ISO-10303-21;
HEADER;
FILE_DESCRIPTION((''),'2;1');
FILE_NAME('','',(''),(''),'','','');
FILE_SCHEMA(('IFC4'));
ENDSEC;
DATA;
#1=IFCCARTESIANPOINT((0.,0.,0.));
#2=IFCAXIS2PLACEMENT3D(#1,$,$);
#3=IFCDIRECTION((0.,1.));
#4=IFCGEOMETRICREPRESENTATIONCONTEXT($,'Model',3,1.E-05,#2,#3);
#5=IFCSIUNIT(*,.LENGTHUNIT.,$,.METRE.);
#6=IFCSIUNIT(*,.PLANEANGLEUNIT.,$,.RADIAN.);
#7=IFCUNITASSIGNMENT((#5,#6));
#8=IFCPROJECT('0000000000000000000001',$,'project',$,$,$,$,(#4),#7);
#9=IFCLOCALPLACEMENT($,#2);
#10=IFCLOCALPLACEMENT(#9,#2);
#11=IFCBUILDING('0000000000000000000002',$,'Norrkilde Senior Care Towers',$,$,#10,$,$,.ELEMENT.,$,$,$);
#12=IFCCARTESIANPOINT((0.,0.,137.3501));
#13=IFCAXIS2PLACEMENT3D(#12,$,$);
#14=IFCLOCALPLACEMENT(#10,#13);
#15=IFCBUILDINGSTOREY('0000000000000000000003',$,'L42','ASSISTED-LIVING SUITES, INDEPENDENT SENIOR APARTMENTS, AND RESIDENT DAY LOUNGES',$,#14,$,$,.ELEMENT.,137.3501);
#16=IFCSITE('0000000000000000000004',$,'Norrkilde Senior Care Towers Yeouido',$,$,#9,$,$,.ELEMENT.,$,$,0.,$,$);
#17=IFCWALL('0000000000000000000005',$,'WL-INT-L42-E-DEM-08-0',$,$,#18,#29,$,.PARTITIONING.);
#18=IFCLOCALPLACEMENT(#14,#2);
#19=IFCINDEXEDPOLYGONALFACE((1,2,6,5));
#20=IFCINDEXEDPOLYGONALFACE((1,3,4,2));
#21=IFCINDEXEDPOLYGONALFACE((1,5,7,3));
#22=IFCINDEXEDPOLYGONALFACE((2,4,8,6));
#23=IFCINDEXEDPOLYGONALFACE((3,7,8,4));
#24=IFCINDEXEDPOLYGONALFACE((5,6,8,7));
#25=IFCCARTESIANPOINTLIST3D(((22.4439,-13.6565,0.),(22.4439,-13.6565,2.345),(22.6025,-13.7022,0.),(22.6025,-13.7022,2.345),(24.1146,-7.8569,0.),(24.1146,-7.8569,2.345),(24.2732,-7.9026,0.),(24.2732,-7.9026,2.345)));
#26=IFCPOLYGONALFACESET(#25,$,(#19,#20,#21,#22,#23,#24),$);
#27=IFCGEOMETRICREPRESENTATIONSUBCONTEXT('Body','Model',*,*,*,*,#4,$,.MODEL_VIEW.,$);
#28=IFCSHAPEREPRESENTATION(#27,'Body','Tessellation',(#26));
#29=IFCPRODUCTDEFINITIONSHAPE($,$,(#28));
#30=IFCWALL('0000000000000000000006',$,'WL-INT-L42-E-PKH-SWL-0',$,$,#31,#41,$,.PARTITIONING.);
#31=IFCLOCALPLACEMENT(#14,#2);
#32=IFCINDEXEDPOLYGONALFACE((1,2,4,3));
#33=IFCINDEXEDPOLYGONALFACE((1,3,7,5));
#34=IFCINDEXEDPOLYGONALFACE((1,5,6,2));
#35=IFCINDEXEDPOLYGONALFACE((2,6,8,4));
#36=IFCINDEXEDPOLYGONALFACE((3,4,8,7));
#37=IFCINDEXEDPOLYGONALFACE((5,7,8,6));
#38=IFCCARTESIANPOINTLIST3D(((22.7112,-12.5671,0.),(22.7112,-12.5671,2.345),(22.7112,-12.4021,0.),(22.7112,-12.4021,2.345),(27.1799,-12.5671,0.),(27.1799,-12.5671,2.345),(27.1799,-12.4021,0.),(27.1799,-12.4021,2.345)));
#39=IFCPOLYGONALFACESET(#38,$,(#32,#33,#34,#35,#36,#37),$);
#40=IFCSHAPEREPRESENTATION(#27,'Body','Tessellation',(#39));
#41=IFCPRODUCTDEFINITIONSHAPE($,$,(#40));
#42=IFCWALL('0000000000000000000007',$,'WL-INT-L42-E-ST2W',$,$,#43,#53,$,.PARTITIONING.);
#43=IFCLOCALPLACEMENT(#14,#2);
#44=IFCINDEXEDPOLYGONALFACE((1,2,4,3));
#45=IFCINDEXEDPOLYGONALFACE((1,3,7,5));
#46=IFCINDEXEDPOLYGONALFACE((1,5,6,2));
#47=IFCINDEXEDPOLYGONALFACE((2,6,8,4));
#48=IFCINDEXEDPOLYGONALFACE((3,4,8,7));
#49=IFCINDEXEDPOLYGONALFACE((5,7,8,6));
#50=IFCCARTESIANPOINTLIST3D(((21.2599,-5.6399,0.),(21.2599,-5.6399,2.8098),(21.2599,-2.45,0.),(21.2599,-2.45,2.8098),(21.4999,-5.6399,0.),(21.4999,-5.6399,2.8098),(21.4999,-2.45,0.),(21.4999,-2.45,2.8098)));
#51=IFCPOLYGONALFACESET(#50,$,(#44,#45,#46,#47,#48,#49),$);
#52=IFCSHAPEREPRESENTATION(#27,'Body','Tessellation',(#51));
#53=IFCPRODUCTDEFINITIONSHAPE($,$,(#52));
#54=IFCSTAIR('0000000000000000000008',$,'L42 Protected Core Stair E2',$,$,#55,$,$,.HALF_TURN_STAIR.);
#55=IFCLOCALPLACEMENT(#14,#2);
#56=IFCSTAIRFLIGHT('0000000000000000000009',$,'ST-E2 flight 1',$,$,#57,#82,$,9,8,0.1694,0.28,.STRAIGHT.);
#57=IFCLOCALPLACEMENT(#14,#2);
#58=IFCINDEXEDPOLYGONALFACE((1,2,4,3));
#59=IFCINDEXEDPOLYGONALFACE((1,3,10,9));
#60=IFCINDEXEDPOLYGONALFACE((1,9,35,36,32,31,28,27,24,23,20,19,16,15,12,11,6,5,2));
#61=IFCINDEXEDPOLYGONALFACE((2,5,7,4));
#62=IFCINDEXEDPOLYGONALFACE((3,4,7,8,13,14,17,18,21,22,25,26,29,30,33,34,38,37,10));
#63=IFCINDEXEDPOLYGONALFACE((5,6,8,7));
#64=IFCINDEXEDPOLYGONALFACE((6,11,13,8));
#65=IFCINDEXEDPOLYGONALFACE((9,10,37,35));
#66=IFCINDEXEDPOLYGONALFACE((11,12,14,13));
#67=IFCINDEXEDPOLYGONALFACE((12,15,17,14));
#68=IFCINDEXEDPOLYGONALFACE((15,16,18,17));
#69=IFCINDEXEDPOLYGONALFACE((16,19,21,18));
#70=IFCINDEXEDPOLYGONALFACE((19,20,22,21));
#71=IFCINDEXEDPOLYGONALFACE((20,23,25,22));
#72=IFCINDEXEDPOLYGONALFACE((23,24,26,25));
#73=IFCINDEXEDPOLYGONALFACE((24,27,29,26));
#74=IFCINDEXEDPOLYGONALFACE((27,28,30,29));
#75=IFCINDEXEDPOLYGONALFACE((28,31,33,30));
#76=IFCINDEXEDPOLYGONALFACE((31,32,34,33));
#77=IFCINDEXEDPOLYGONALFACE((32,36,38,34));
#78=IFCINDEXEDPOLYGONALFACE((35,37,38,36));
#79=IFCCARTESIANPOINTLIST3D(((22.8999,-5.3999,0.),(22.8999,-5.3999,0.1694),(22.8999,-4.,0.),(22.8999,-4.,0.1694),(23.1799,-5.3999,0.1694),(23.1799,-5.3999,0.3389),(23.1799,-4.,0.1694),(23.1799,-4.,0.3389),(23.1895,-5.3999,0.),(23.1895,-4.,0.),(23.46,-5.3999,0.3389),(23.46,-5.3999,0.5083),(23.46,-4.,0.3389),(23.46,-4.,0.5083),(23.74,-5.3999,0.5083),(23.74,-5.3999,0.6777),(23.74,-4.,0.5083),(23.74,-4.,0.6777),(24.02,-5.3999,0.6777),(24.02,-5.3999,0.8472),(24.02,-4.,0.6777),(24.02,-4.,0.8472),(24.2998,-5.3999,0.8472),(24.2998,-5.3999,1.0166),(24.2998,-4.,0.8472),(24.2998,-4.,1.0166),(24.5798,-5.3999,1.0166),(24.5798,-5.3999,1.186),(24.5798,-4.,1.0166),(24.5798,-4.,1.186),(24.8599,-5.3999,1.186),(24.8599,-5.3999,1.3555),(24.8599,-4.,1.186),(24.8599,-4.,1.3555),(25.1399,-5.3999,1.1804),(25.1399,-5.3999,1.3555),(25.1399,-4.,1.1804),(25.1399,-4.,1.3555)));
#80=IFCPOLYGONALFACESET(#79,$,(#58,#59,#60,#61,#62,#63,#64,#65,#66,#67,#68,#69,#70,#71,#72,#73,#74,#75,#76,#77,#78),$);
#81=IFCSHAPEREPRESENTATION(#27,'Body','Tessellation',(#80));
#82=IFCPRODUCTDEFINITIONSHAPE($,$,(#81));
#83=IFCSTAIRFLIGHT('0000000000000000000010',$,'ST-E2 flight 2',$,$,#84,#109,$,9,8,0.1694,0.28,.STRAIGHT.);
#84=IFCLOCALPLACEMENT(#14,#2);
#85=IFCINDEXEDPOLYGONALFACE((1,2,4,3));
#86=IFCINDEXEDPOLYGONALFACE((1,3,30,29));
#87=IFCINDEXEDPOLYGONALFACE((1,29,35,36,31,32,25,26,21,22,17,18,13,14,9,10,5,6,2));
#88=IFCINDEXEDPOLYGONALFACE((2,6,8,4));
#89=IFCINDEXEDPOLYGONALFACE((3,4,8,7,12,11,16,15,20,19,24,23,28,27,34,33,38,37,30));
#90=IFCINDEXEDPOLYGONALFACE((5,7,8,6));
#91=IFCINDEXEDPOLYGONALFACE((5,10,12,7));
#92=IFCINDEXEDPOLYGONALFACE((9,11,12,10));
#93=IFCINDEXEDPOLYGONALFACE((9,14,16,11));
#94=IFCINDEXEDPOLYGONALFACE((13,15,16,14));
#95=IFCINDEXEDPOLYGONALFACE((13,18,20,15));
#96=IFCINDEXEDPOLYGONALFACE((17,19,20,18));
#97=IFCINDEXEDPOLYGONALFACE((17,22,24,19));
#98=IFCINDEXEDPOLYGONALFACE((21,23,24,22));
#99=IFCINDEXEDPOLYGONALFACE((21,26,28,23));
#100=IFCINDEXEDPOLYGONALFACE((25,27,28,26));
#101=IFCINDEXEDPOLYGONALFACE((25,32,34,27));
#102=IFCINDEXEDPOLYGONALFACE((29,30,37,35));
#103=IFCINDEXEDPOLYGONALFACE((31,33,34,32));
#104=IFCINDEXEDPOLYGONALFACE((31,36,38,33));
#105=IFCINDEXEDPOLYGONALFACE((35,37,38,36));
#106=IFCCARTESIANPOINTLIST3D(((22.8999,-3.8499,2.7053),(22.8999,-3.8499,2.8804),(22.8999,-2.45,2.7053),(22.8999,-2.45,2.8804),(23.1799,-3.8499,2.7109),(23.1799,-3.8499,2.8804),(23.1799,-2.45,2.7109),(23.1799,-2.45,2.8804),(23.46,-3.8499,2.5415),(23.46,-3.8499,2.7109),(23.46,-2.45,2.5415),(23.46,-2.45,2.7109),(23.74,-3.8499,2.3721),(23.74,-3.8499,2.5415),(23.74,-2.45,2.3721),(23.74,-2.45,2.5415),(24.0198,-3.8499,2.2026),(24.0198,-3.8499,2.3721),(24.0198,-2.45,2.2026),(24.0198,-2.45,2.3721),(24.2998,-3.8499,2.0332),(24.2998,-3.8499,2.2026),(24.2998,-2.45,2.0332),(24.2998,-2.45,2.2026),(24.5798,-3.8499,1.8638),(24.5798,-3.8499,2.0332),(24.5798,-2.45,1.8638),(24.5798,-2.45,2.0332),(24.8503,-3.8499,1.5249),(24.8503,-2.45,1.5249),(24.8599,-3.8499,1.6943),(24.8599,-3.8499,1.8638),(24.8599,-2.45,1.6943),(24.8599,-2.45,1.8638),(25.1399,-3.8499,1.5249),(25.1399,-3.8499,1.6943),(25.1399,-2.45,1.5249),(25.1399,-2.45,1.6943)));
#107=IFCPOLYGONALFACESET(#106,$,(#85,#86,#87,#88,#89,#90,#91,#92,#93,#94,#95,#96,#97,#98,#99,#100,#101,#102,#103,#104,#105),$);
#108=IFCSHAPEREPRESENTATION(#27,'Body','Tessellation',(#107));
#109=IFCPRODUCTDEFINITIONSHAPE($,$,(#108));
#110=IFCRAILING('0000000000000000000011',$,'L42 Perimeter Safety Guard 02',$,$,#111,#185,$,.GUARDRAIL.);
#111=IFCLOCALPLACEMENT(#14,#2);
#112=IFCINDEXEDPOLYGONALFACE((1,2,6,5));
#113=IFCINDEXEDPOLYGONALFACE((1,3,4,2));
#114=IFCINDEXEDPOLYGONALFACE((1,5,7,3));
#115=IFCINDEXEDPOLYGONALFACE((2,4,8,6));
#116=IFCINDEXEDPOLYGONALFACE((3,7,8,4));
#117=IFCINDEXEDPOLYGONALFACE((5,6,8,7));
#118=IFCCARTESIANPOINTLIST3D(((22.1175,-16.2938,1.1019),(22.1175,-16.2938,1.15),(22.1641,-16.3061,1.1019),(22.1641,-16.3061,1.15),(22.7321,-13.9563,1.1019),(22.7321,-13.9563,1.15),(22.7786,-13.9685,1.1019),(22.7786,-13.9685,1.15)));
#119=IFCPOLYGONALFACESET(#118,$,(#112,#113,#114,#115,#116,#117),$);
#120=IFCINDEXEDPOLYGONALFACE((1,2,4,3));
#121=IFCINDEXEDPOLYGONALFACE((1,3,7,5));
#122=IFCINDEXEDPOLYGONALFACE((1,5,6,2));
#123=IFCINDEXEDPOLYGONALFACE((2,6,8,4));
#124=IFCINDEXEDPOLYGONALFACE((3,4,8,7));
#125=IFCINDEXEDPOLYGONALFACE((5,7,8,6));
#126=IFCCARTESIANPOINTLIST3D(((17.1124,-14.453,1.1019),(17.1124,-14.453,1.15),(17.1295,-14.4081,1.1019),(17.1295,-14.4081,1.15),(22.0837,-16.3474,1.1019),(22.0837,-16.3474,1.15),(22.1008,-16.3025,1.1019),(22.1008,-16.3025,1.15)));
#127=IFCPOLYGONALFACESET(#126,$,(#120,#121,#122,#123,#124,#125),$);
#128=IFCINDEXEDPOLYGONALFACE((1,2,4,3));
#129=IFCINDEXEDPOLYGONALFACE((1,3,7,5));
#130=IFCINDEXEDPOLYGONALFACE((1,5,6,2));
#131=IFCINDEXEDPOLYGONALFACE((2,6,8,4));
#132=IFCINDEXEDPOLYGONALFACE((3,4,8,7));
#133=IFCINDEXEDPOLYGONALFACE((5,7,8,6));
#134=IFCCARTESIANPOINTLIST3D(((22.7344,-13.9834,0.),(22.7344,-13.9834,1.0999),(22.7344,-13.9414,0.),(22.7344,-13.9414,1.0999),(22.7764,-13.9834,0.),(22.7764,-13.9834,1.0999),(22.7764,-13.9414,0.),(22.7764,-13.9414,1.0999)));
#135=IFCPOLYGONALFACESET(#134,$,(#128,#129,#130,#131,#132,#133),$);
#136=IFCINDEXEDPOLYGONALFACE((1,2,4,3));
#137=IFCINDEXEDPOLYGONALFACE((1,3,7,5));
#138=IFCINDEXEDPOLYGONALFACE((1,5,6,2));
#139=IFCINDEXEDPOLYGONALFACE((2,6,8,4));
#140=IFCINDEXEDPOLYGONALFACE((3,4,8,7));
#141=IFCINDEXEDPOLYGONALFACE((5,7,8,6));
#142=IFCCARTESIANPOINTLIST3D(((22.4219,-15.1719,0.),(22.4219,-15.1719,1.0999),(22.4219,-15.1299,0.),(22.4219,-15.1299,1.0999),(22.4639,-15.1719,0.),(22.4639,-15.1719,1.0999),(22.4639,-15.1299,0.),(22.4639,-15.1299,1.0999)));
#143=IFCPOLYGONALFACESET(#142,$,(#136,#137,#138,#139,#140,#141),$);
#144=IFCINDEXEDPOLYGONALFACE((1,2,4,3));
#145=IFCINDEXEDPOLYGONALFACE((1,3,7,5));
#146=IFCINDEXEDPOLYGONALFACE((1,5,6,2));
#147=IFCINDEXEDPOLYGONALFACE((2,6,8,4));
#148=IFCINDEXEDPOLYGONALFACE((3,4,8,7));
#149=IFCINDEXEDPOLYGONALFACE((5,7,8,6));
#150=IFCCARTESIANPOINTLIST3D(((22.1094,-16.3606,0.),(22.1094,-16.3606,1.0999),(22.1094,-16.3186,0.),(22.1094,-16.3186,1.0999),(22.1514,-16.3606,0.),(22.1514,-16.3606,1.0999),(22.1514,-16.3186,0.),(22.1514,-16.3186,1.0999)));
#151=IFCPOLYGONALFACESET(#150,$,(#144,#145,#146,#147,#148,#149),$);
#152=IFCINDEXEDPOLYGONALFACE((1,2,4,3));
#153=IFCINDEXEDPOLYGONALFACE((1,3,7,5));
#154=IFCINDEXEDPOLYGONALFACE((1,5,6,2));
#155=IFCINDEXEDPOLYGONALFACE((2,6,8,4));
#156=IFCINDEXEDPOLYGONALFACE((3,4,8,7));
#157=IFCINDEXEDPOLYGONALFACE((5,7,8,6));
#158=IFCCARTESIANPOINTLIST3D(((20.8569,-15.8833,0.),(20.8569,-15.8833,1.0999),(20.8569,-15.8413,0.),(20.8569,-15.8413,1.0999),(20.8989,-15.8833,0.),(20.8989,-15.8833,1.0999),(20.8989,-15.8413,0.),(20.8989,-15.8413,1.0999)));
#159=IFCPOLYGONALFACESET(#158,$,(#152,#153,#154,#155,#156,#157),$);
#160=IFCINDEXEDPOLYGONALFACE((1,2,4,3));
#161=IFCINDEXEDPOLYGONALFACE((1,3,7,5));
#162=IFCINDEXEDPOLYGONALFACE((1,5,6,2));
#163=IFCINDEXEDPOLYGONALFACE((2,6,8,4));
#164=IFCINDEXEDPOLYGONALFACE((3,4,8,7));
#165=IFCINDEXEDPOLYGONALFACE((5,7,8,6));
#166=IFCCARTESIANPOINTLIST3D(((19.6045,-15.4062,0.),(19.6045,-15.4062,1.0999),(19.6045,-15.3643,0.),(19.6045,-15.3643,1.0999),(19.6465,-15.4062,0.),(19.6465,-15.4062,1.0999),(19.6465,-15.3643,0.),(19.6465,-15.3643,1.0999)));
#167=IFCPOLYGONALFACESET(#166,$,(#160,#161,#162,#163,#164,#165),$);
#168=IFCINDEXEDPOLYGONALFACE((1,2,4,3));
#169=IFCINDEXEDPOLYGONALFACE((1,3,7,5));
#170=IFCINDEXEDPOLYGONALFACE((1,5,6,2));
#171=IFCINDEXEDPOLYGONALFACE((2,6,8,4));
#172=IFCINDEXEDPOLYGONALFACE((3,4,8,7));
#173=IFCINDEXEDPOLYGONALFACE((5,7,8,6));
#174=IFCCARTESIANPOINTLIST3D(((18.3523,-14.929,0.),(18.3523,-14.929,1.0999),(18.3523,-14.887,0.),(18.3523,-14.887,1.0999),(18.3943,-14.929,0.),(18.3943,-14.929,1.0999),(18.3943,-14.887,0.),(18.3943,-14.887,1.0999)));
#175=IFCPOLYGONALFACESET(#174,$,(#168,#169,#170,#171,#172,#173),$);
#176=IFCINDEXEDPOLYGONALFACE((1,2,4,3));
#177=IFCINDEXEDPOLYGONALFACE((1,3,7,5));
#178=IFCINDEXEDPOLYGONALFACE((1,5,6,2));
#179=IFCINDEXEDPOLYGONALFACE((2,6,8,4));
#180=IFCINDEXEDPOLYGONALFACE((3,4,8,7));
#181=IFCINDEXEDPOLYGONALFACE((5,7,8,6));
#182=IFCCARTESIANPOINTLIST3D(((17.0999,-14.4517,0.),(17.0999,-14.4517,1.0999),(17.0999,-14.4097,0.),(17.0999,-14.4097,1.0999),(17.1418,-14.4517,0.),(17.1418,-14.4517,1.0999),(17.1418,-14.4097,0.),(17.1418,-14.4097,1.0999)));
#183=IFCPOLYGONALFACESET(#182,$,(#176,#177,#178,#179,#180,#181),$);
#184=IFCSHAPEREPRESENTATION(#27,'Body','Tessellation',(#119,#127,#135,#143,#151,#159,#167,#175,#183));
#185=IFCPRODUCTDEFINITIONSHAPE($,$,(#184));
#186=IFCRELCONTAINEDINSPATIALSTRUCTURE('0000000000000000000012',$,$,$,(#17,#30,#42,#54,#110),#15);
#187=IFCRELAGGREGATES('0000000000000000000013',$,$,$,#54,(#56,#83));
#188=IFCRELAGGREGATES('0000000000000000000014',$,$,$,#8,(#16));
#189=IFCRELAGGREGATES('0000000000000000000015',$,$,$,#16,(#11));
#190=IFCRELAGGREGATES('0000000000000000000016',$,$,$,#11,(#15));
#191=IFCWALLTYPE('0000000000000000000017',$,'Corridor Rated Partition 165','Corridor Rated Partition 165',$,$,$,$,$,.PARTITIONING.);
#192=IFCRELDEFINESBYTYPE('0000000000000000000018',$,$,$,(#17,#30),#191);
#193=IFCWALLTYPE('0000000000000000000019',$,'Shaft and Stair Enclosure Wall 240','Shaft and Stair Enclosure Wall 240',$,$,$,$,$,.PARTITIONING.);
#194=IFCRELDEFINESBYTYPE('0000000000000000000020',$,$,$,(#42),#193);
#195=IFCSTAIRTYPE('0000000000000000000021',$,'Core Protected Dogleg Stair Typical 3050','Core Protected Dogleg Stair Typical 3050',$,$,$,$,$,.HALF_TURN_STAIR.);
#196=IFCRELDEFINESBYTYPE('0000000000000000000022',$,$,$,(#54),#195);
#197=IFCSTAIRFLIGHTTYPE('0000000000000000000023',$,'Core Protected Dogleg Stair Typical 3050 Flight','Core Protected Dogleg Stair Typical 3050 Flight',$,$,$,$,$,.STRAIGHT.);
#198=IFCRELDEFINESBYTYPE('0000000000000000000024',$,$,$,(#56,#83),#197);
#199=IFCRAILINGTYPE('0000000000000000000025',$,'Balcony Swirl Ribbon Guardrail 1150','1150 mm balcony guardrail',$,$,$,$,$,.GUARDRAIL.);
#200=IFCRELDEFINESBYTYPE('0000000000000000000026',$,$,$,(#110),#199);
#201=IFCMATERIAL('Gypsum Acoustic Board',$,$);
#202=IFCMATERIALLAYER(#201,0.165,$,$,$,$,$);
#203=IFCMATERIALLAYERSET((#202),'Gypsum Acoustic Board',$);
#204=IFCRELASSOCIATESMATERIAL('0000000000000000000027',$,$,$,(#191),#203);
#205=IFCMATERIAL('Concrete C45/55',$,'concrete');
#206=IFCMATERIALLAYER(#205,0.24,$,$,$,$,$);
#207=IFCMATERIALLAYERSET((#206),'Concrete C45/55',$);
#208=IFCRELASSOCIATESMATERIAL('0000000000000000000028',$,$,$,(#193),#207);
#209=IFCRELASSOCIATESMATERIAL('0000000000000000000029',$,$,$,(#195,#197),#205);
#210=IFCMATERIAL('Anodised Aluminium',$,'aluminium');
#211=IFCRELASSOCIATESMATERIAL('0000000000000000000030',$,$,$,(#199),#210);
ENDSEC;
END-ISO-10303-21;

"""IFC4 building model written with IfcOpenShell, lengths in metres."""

from ifc_helpers import new_model, si_unit, direction, frame, frame_2d, origin, origin_2d, place, context, subcontext, project, spatial, polyline, rectangle, outline, extrude, source, transform, mapped, material, layer, layer_set, type_object, type_shapes, element, aggregate, save


model = new_model("IFC4")

# Units and contexts
model_context = context("Model", 3, precision=1e-05, world=origin(), true_north=direction((0.0, 1.0)))
body_context = subcontext(model_context, "Body", "Model", "MODEL_VIEW")
ifc_project = project(units=[si_unit("LENGTHUNIT", "METRE"), si_unit("PLANEANGLEUNIT", "RADIAN")], contexts=[model_context])

# Site, building, storey
site_placement = place(None, origin())
site = spatial("IfcSite", under=ifc_project, at=site_placement, Name="Norrkilde Senior Care Towers Yeouido", CompositionType="ELEMENT", RefElevation=0.0)
building_placement = place(site_placement, origin())
building = spatial("IfcBuilding", under=site, at=building_placement, Name="Norrkilde Senior Care Towers", CompositionType="ELEMENT")
storey_placement = place(building_placement, frame((0.0, 0.0, 137.3501)))
storey = spatial("IfcBuildingStorey", under=building, at=storey_placement, Name="L42", Description="ASSISTED-LIVING SUITES, INDEPENDENT SENIOR APARTMENTS, AND RESIDENT DAY LOUNGES", CompositionType="ELEMENT", Elevation=137.3501)

# Shared definitions
ifc_material_1 = material(Name="Anodised Aluminium", Category="aluminium")

# Walls
ifc_material_2 = material(Name="Gypsum Acoustic Board")
ifc_layer_1 = layer(ifc_material_2, 0.165)
ifc_layer_set_1 = layer_set([ifc_layer_1], Name="Gypsum Acoustic Board")
wall_type_1 = type_object("IfcWallType", Name="Corridor Rated Partition 165", Description="Corridor Rated Partition 165", PredefinedType="PARTITIONING", material=ifc_layer_set_1)
shared_shape_1 = source(origin(), body_context, "Body", "SweptSolid", [
    extrude(rectangle(XDim=6.0354, YDim=0.165, at=frame_2d((3.0176, 0.0))), origin(), (0.0, 0.0, 1.0), 2.345),
])
wall_1_placement = place(storey_placement, frame((24.1938, -7.8799, 0.0), z_axis=(0.0, 0.0, 1.0), x_axis=(-0.276809, -0.960925, 0.0)))
element("IfcWall", 1, at=wall_1_placement, inside=storey, type_object=wall_type_1, Name="WL-INT-L42-E-DEM-08-0", PredefinedType="PARTITIONING", context=body_context, shape_type="MappedRepresentation", body=[
    mapped(shared_shape_1, transform((0.0, 0.0, 0.0), x_axis=(1.0, 0.0, 0.0), y_axis=(0.0, 1.0, 0.0), z_axis=(0.0, 0.0, 1.0), scale=1.0)),
])
shared_shape_2 = source(origin(), body_context, "Body", "SweptSolid", [
    extrude(rectangle(XDim=4.4688, YDim=0.165, at=frame_2d((2.2344, 0.0))), origin(), (0.0, 0.0, 1.0), 2.345),
])
type_shapes(wall_type_1, [shared_shape_1, shared_shape_2])
wall_2_placement = place(storey_placement, frame((22.7112, -12.4846, 0.0), z_axis=(0.0, 0.0, 1.0), x_axis=(1.0, 0.0, 0.0)))
element("IfcWall", 2, at=wall_2_placement, inside=storey, type_object=wall_type_1, Name="WL-INT-L42-E-PKH-SWL-0", PredefinedType="PARTITIONING", context=body_context, shape_type="MappedRepresentation", body=[
    mapped(shared_shape_2, transform((0.0, 0.0, 0.0), x_axis=(1.0, 0.0, 0.0), y_axis=(0.0, 1.0, 0.0), z_axis=(0.0, 0.0, 1.0), scale=1.0)),
])

# Shared definitions
ifc_material_3 = material(Name="Concrete C45/55", Category="concrete")
ifc_layer_2 = layer(ifc_material_3, 0.24)
ifc_layer_set_2 = layer_set([ifc_layer_2], Name="Concrete C45/55")
wall_type_2 = type_object("IfcWallType", Name="Shaft and Stair Enclosure Wall 240", Description="Shaft and Stair Enclosure Wall 240", PredefinedType="PARTITIONING", material=ifc_layer_set_2)

# Wall
shared_shape_3 = source(origin(), body_context, "Body", "SweptSolid", [
    extrude(rectangle(XDim=3.1899, YDim=0.24, at=frame_2d((1.595, 0.0))), origin(), (0.0, 0.0, 1.0), 2.8098),
])
wall_3_placement = place(storey_placement, frame((21.3799, -5.6399, 0.0), z_axis=(0.0, 0.0, 1.0), x_axis=(0.0, 1.0, 0.0)))
element("IfcWall", 3, at=wall_3_placement, inside=storey, type_object=wall_type_2, Name="WL-INT-L42-E-ST2W", PredefinedType="PARTITIONING", context=body_context, shape_type="MappedRepresentation", body=[
    mapped(shared_shape_3, transform((0.0, 0.0, 0.0), x_axis=(1.0, 0.0, 0.0), y_axis=(0.0, 1.0, 0.0), z_axis=(0.0, 0.0, 1.0), scale=1.0)),
])

# Stair, stair flights
stair_type = type_object("IfcStairType", Name="Core Protected Dogleg Stair Typical 3050", Description="Core Protected Dogleg Stair Typical 3050", PredefinedType="HALF_TURN_STAIR", material=ifc_material_3)
stair_placement = place(storey_placement, origin())
stair = element("IfcStair", 4, at=stair_placement, inside=storey, type_object=stair_type, Name="L42 Protected Core Stair E2", PredefinedType="HALF_TURN_STAIR")
stair_flight_type = type_object("IfcStairFlightType", Name="Core Protected Dogleg Stair Typical 3050 Flight", Description="Core Protected Dogleg Stair Typical 3050 Flight", PredefinedType="STRAIGHT", material=ifc_material_3)
stair_flight_1_placement = place(storey_placement, frame((22.8999, -4.7, 0.0), z_axis=(0.0, 0.0, 1.0), x_axis=(1.0, 0.0, 0.0)))
stair_flight_1 = element("IfcStairFlight", 5, at=stair_flight_1_placement, type_object=stair_flight_type, Name="ST-E2 flight 1", NumberOfRisers=9, NumberOfTreads=8, PredefinedType="STRAIGHT", RiserHeight=0.1694, TreadLength=0.28, context=body_context, shape_type="SweptSolid", body=[
    extrude(outline(polyline([(0.0, 0.0), (0.0, 0.1694), (0.28, 0.1694), (0.28, 0.3389), (0.5601, 0.3389), (0.5601, 0.5083), (0.8401, 0.5083), (0.8401, 0.6777), (1.1201, 0.6777), (1.1201, 0.8472), (1.3999, 0.8472), (1.3999, 1.0166), (1.6799, 1.0166), (1.6799, 1.186), (1.96, 1.186), (1.96, 1.3555), (2.24, 1.3555), (2.24, 1.5249), (2.24, 1.1804), (0.2896, 0.0), (0.0, 0.0)])), frame((0.0, 0.7, 0.0), z_axis=(0.0, -1.0, 0.0), x_axis=(1.0, 0.0, 0.0)), (0.0, 0.0, 1.0), 1.3999),
])
stair_flight_2_placement = place(storey_placement, frame((25.1399, -3.1499, 1.5249), z_axis=(0.0, 0.0, 1.0), x_axis=(-1.0, 0.0, 0.0)))
stair_flight_2 = element("IfcStairFlight", 6, at=stair_flight_2_placement, type_object=stair_flight_type, Name="ST-E2 flight 2", NumberOfRisers=9, NumberOfTreads=8, PredefinedType="STRAIGHT", RiserHeight=0.1694, TreadLength=0.28, context=body_context, shape_type="SweptSolid", body=[
    extrude(outline(polyline([(0.0, 0.0), (0.0, 0.1694), (0.28, 0.1694), (0.28, 0.3389), (0.5601, 0.3389), (0.5601, 0.5083), (0.8401, 0.5083), (0.8401, 0.6777), (1.1201, 0.6777), (1.1201, 0.8472), (1.3999, 0.8472), (1.3999, 1.0166), (1.6799, 1.0166), (1.6799, 1.186), (1.96, 1.186), (1.96, 1.3555), (2.24, 1.3555), (2.24, 1.5249), (2.24, 1.1804), (0.2896, 0.0), (0.0, 0.0)])), frame((0.0, 0.7, 0.0), z_axis=(0.0, -1.0, 0.0), x_axis=(1.0, 0.0, 0.0)), (0.0, 0.0, 1.0), 1.3999),
])
aggregate(stair, [stair_flight_1, stair_flight_2])

# Railing
railing_type_1 = type_object("IfcRailingType", Name="Balcony Swirl Ribbon Guardrail 1150", Description="1150 mm balcony guardrail", PredefinedType="GUARDRAIL", material=ifc_material_1)
railing_1_placement = place(storey_placement, frame((22.7554, -13.9624, 0.0)))
element("IfcRailing", 7, at=railing_1_placement, inside=storey, type_object=railing_type_1, Name="L42 Perimeter Safety Guard 02", PredefinedType="GUARDRAIL", context=body_context, shape_type="SweptSolid", body=[
    extrude(rectangle(XDim=0.0481, YDim=0.0481, at=origin_2d()), frame((0.0, 0.0, 1.126), z_axis=(-0.254273, -0.967132, 0.0), x_axis=(0.967132, -0.254273, 0.0)), (0.0, 0.0, 1.0), 2.417),
    extrude(rectangle(XDim=0.0481, YDim=0.0481, at=origin_2d()), frame((-0.6631, -2.3625, 1.126), z_axis=(-0.934454, 0.356084, 0.0), x_axis=(-0.356084, -0.934454, 0.0)), (0.0, 0.0, 1.0), 5.3201),
    extrude(rectangle(XDim=0.042, YDim=0.042, at=origin_2d()), origin(), (0.0, 0.0, 1.0), 1.0999),
    extrude(rectangle(XDim=0.042, YDim=0.042, at=origin_2d()), frame((-0.3125, -1.1885, 0.0)), (0.0, 0.0, 1.0), 1.0999),
    extrude(rectangle(XDim=0.042, YDim=0.042, at=origin_2d()), frame((-0.625, -2.3772, 0.0)), (0.0, 0.0, 1.0), 1.0999),
    extrude(rectangle(XDim=0.042, YDim=0.042, at=origin_2d()), frame((-1.8774, -1.8999, 0.0)), (0.0, 0.0, 1.0), 1.0999),
    extrude(rectangle(XDim=0.042, YDim=0.042, at=origin_2d()), frame((-3.1299, -1.4229, 0.0)), (0.0, 0.0, 1.0), 1.0999),
    extrude(rectangle(XDim=0.042, YDim=0.042, at=origin_2d()), frame((-4.3821, -0.9456, 0.0)), (0.0, 0.0, 1.0), 1.0999),
    extrude(rectangle(XDim=0.042, YDim=0.042, at=origin_2d()), frame((-5.6345, -0.4683, 0.0)), (0.0, 0.0, 1.0), 1.0999),
])

save(model, "model.ifc")
